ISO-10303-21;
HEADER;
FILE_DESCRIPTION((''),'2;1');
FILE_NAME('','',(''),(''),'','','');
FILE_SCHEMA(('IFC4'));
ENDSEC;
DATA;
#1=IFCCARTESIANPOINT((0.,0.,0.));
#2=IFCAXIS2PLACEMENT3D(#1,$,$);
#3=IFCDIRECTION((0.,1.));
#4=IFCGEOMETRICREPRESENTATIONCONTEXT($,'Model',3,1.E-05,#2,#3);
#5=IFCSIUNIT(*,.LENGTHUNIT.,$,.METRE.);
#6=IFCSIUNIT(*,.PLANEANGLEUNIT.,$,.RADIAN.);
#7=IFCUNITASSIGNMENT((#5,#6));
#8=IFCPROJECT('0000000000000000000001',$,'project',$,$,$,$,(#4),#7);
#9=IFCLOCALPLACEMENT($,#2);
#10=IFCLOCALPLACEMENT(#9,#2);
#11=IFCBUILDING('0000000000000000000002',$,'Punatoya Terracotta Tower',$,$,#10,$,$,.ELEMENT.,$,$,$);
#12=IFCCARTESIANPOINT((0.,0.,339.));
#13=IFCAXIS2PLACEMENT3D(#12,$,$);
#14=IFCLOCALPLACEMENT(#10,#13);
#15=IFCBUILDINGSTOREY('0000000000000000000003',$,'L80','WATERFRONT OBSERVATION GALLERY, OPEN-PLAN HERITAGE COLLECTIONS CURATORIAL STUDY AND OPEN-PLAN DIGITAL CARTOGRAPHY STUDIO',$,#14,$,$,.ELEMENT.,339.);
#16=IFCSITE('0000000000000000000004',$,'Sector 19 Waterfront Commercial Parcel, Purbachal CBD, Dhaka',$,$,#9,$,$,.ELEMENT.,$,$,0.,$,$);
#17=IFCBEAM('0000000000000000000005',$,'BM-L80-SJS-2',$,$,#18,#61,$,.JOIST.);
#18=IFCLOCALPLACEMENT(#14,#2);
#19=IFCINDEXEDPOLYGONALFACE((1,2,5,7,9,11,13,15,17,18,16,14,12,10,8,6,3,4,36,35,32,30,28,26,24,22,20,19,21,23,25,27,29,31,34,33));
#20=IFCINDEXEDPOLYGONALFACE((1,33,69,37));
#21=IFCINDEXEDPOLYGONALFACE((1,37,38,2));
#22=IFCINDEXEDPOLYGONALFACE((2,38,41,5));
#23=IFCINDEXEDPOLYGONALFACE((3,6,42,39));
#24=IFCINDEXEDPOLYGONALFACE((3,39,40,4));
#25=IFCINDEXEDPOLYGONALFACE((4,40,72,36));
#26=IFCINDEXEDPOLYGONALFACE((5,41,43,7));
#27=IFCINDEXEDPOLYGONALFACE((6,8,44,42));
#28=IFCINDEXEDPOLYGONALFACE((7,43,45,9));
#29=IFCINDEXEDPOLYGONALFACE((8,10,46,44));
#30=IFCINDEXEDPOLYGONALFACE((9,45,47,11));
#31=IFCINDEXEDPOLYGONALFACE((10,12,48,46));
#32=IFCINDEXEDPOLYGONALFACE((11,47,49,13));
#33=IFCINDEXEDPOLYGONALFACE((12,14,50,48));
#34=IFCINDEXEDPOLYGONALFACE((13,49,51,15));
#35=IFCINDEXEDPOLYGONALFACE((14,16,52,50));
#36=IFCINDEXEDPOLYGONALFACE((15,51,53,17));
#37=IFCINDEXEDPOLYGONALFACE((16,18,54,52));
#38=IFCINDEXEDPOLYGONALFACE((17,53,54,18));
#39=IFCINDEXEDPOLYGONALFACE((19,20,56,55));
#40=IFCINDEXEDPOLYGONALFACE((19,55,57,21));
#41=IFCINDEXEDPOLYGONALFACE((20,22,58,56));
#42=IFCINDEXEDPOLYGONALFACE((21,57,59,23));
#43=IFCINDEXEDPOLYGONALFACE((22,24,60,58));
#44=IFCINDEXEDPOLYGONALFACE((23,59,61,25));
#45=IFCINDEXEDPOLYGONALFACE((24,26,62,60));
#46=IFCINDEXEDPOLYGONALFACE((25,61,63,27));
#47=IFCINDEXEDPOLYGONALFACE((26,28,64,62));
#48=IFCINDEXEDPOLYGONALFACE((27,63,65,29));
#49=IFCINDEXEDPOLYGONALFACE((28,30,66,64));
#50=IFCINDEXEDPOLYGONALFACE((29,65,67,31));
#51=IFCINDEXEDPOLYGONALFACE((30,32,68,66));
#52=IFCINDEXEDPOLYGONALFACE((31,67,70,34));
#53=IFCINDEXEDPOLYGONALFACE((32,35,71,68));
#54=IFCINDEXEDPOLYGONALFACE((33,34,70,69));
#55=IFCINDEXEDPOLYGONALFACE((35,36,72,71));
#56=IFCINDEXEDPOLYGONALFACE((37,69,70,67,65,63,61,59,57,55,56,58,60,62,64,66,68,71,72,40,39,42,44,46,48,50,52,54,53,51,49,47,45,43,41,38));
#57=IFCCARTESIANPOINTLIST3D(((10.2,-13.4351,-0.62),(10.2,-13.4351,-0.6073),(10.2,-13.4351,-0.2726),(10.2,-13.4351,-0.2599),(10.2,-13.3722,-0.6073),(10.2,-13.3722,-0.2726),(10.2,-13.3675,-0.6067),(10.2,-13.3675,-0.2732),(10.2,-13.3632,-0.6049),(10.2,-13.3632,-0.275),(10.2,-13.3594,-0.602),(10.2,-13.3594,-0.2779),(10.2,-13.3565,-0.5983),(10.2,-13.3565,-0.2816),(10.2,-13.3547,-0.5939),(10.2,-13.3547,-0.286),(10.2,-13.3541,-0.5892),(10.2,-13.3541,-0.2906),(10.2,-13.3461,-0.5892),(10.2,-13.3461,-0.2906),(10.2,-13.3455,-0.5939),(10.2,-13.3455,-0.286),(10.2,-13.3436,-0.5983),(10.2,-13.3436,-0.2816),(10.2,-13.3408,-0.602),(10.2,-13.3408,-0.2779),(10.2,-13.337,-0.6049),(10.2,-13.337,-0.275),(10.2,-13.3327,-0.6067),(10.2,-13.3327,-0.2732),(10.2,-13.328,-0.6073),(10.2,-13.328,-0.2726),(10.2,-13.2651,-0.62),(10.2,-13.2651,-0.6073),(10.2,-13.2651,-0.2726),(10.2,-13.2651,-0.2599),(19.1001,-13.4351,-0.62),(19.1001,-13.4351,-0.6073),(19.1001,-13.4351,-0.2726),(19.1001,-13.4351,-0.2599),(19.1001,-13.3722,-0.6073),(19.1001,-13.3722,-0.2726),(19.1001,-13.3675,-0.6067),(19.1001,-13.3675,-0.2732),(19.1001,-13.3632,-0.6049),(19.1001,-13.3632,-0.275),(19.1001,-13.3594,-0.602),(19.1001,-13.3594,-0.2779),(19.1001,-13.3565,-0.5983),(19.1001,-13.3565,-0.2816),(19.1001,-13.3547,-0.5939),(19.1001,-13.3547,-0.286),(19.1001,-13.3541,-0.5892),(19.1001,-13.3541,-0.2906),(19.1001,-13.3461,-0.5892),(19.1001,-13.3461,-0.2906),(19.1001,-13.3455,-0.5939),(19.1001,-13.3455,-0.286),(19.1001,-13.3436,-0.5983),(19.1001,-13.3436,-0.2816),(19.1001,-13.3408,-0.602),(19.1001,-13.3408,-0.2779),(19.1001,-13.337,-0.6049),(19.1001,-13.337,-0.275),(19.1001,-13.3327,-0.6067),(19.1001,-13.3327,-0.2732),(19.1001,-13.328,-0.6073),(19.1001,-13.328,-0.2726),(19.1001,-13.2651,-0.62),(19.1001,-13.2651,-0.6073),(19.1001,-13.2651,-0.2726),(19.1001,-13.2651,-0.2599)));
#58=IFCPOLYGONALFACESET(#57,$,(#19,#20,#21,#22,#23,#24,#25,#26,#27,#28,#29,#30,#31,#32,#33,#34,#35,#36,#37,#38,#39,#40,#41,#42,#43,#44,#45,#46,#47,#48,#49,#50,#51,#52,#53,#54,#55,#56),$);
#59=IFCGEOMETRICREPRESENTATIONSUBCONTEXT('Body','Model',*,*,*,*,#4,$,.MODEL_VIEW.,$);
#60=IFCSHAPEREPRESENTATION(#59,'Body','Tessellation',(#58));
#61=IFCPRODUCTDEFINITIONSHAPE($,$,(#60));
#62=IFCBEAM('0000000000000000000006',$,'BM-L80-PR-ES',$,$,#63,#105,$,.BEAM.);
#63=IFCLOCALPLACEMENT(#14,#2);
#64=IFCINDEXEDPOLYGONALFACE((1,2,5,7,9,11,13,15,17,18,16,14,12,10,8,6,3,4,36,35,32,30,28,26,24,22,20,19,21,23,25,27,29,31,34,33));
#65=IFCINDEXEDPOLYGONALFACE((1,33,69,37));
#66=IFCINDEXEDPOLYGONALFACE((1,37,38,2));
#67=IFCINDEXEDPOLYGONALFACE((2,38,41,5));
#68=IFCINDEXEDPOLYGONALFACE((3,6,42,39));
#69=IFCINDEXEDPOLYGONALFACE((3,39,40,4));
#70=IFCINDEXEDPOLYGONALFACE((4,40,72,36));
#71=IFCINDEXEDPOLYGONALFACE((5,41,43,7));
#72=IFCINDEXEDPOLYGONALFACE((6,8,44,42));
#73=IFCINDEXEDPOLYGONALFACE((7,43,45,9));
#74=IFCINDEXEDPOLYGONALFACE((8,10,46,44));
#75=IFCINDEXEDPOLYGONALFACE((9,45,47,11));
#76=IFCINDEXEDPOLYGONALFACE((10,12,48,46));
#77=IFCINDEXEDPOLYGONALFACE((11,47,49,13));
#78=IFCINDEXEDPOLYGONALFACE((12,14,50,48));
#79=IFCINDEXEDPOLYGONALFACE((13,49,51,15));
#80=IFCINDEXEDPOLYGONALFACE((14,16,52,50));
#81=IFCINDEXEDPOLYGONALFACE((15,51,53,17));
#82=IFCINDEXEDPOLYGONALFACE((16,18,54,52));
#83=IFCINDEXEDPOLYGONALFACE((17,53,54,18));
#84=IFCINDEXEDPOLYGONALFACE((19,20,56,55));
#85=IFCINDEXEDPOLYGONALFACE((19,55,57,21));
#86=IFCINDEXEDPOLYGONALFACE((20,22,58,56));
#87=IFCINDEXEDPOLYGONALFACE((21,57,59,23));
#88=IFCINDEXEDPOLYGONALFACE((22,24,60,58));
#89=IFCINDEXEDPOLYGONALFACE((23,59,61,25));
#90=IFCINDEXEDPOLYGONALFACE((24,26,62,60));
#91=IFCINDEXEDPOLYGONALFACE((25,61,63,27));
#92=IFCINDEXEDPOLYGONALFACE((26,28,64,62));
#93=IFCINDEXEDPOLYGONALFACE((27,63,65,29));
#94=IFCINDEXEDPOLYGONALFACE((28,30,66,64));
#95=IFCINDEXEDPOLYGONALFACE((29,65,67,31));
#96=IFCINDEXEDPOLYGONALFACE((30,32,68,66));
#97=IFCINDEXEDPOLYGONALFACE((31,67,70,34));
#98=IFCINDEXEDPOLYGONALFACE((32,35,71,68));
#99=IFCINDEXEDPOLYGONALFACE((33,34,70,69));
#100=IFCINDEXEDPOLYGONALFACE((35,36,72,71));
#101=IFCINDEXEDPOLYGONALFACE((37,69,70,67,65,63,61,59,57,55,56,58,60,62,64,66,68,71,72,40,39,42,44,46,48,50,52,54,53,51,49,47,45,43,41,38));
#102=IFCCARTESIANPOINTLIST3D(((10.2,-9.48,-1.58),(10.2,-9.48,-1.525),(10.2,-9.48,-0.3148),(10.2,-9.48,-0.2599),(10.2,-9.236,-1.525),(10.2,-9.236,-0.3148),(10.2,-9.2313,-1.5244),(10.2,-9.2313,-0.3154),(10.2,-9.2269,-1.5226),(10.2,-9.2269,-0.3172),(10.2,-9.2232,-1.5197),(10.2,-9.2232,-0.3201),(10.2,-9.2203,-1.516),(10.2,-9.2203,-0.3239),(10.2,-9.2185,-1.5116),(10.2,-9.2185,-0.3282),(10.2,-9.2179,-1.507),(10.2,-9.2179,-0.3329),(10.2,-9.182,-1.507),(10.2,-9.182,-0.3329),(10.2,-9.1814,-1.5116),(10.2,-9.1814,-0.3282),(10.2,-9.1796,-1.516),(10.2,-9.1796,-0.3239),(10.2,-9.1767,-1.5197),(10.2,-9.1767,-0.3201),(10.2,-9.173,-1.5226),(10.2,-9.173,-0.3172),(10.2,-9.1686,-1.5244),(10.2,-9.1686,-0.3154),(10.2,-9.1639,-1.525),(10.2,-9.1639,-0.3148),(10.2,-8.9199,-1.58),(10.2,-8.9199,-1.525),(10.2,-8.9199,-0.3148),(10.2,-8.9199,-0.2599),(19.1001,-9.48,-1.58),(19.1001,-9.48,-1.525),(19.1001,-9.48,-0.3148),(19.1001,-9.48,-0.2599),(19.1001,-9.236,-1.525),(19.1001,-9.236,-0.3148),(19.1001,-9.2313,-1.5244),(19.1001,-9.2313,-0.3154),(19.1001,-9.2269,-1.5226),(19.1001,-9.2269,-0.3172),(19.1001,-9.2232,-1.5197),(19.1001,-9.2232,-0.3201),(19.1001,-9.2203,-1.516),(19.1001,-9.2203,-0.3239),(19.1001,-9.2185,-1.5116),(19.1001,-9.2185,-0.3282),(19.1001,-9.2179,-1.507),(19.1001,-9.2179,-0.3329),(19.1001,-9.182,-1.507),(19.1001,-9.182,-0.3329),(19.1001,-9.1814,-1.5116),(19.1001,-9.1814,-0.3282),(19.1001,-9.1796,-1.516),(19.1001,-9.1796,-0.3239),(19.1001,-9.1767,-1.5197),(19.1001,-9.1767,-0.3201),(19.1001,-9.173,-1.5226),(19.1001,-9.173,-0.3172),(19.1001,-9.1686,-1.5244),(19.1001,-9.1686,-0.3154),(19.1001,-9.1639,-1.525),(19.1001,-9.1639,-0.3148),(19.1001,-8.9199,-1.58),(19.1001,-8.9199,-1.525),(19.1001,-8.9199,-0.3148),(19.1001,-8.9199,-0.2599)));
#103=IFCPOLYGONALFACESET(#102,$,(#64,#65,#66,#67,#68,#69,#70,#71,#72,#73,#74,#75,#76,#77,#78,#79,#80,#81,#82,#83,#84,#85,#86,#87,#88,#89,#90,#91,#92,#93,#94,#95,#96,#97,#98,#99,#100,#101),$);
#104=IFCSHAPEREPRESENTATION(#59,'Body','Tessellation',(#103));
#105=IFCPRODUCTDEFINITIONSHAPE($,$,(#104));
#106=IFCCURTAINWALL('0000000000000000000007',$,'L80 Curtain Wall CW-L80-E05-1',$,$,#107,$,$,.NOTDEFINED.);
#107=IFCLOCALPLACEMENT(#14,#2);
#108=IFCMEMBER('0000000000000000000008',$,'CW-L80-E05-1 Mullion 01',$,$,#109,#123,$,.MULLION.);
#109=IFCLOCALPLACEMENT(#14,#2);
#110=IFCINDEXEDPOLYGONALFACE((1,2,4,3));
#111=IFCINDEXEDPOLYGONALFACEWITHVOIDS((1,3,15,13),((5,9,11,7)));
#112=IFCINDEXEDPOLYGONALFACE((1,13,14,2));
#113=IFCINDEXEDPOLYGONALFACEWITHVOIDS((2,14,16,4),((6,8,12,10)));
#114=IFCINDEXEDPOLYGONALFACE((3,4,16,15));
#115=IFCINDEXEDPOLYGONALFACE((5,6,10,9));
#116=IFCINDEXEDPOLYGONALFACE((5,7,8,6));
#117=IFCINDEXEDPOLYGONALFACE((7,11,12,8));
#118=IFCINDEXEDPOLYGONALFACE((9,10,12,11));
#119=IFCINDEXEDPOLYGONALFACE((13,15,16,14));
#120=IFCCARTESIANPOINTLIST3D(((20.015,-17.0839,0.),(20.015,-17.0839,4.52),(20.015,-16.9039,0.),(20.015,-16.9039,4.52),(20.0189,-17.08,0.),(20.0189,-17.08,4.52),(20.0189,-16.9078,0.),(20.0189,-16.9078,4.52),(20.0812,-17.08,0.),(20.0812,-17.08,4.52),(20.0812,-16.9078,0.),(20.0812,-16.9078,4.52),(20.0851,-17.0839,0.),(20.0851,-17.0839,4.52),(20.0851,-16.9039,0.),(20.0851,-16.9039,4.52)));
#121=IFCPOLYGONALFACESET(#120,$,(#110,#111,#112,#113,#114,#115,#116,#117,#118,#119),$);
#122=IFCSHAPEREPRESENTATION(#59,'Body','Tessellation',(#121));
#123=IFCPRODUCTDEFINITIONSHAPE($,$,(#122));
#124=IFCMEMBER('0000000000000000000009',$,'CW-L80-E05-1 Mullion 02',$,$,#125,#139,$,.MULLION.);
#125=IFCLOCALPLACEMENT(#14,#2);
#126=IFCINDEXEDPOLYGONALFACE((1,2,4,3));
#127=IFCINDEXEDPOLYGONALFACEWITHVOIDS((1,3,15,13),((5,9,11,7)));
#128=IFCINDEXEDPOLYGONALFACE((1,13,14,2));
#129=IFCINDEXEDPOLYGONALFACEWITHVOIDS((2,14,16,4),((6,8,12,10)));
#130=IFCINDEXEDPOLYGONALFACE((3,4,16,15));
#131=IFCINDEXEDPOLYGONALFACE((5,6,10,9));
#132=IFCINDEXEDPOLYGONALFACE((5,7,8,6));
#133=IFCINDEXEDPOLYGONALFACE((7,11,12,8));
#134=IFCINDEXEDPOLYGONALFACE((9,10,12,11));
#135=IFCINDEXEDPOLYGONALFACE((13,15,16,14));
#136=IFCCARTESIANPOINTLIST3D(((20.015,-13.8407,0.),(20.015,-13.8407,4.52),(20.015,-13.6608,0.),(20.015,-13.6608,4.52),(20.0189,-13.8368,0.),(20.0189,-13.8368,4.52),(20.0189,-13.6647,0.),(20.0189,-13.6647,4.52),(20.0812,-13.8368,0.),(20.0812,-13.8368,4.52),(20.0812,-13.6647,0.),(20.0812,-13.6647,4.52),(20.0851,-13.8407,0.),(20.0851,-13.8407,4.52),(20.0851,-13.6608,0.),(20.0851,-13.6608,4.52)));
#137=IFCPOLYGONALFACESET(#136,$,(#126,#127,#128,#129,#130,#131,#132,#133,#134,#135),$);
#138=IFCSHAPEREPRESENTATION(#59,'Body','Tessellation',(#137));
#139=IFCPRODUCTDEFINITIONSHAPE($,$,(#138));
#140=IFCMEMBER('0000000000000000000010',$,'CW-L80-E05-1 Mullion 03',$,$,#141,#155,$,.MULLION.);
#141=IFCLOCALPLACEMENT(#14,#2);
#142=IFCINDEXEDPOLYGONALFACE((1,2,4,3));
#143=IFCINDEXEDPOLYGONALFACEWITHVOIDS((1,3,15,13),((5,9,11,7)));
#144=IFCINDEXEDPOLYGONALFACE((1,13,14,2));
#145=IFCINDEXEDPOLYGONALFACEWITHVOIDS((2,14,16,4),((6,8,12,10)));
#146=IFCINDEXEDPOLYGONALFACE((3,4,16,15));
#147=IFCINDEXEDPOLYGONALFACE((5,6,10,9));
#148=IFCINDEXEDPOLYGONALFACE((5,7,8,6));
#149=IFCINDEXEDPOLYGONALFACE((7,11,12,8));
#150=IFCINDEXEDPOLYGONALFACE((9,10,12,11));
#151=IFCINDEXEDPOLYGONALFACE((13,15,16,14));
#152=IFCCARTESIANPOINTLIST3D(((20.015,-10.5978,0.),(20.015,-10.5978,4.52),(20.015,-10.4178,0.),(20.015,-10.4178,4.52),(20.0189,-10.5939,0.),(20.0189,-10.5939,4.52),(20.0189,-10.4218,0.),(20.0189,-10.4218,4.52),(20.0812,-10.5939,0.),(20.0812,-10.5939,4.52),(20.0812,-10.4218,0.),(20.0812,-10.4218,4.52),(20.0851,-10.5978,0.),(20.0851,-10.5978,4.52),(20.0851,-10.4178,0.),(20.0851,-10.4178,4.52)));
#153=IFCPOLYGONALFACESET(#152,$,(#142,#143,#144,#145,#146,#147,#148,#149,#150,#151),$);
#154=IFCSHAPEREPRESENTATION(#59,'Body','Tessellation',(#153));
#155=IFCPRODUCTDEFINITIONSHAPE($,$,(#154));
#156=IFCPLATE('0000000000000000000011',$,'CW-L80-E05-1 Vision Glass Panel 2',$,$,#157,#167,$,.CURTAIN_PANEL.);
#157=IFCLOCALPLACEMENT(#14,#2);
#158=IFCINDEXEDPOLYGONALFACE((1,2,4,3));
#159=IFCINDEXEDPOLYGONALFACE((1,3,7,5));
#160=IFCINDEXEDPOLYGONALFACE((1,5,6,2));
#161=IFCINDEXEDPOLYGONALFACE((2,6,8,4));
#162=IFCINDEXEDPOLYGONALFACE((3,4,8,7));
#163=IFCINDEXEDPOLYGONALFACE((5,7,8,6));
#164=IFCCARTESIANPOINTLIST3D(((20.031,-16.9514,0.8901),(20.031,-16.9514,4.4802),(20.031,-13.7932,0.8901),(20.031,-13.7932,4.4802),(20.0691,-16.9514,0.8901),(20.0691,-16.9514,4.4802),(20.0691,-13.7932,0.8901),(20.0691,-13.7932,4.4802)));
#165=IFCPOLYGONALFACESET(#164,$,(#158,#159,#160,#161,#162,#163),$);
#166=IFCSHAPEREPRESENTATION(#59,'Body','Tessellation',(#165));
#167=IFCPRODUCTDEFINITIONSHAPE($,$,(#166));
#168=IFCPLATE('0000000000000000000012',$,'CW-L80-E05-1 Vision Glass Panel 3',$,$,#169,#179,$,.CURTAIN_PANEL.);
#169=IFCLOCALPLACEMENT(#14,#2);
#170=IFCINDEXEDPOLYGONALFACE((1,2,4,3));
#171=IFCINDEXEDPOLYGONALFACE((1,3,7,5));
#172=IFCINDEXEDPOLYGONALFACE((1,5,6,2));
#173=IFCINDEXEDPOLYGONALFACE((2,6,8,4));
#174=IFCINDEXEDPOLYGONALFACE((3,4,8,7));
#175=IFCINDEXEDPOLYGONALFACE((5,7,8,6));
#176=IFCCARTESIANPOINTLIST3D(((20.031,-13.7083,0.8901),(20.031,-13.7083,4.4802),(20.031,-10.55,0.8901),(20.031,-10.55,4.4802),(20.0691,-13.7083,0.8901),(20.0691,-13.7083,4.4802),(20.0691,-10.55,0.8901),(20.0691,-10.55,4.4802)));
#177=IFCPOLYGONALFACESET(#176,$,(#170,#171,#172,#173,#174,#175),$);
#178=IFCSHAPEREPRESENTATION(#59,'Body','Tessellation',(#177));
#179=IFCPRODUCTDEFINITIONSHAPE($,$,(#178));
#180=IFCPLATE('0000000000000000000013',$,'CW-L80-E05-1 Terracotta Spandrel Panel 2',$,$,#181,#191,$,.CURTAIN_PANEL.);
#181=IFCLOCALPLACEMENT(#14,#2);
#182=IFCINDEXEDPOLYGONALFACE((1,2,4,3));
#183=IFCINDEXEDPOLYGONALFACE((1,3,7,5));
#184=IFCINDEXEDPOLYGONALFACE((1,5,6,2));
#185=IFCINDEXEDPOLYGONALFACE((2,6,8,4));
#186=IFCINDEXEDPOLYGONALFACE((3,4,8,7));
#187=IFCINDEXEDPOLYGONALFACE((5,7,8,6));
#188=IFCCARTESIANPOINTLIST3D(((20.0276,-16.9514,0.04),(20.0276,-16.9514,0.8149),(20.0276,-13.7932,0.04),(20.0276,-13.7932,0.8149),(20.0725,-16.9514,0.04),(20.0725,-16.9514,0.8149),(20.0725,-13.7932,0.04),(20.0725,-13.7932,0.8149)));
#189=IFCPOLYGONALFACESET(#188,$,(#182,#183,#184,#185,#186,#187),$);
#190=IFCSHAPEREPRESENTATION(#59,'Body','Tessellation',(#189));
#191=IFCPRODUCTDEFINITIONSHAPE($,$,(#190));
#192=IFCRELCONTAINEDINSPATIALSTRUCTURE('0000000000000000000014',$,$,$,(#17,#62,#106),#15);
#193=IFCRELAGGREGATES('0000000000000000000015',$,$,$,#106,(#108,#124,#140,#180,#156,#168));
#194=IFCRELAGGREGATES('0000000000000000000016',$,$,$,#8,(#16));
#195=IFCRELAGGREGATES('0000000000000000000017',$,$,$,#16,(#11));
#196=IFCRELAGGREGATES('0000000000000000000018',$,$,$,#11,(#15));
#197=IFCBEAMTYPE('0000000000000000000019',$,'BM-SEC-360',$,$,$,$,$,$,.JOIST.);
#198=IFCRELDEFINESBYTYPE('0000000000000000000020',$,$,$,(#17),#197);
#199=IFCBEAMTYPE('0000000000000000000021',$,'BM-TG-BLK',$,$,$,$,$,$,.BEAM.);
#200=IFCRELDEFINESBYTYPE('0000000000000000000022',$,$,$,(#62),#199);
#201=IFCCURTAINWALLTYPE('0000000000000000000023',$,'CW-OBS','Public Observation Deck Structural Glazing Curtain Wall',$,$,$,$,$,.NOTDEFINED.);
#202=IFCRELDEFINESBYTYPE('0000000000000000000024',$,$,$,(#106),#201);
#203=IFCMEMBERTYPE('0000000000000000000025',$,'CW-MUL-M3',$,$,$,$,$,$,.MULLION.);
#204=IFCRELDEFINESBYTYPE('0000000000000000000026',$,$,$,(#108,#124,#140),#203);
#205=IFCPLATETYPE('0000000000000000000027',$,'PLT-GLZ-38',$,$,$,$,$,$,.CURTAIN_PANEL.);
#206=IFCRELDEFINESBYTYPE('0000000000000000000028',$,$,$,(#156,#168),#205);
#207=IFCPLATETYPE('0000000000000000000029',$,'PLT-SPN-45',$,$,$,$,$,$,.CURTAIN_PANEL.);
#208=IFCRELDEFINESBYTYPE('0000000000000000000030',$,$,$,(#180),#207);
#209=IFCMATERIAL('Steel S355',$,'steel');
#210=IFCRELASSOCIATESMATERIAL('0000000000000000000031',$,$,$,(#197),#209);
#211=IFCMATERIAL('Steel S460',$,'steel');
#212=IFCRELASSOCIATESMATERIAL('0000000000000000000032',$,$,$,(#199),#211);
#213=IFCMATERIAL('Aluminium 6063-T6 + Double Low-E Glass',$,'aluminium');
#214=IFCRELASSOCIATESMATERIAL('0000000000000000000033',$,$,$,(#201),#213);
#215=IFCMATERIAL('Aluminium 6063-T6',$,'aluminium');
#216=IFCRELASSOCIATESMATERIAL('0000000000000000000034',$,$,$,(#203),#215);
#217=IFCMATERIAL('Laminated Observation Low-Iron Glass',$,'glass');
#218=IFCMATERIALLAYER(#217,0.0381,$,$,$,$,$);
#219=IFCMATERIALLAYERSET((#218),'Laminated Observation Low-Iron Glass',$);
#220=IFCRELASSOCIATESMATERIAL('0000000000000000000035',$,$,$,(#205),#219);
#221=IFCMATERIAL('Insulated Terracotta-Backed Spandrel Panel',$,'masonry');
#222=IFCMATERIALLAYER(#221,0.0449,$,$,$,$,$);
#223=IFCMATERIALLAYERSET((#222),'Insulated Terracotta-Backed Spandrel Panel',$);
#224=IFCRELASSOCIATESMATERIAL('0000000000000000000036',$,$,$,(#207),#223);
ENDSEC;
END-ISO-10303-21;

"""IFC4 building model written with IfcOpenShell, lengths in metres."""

from ifc_helpers import new_model, si_unit, direction, frame, origin, origin_2d, place, context, subcontext, project, spatial, rectangle, hollow_rectangle, i_section, extrude, material, layer, layer_set, material_profile, profile_set, type_object, element, aggregate, save


model = new_model("IFC4")

# Units and contexts
model_context = context("Model", 3, precision=1e-05, world=origin(), true_north=direction((0.0, 1.0)))
body_context = subcontext(model_context, "Body", "Model", "MODEL_VIEW")
ifc_project = project(units=[si_unit("LENGTHUNIT", "METRE"), si_unit("PLANEANGLEUNIT", "RADIAN")], contexts=[model_context])

# Site, building, storey
site_placement = place(None, origin())
site = spatial("IfcSite", under=ifc_project, at=site_placement, Name="Sector 19 Waterfront Commercial Parcel, Purbachal CBD, Dhaka", CompositionType="ELEMENT", RefElevation=0.0)
building_placement = place(site_placement, origin())
building = spatial("IfcBuilding", under=site, at=building_placement, Name="Punatoya Terracotta Tower", CompositionType="ELEMENT")
storey_placement = place(building_placement, frame((0.0, 0.0, 339.0)))
storey = spatial("IfcBuildingStorey", under=building, at=storey_placement, Name="L80", Description="WATERFRONT OBSERVATION GALLERY, OPEN-PLAN HERITAGE COLLECTIONS CURATORIAL STUDY AND OPEN-PLAN DIGITAL CARTOGRAPHY STUDIO", CompositionType="ELEMENT", Elevation=339.0)

# Beams
ifc_material_1 = material(Name="Steel S355", Category="steel")
ifc_material_profile_1 = material_profile(ifc_material_1, i_section(OverallWidth=0.1699, OverallDepth=0.3601, WebThickness=0.0081, FlangeThickness=0.0127, FilletRadius=0.0181, at=origin_2d()))
ifc_profile_set_1 = profile_set([ifc_material_profile_1], Name="Steel S355")
beam_type_1 = type_object("IfcBeamType", Name="BM-SEC-360", PredefinedType="JOIST", material=ifc_profile_set_1)
beam_1_placement = place(storey_placement, frame((10.2, -13.3501, -0.4399), z_axis=(1.0, 0.0, 0.0), x_axis=(0.0, 1.0, 0.0)))
element("IfcBeam", 1, at=beam_1_placement, inside=storey, type_object=beam_type_1, Name="BM-L80-SJS-2", PredefinedType="JOIST", context=body_context, shape_type="SweptSolid", body=[
    extrude(i_section(OverallWidth=0.1699, OverallDepth=0.3601, WebThickness=0.0081, FlangeThickness=0.0127, FilletRadius=0.0181, at=origin_2d()), origin(), (0.0, 0.0, 1.0), 8.9001),
])
ifc_material_2 = material(Name="Steel S460", Category="steel")
ifc_material_profile_2 = material_profile(ifc_material_2, i_section(OverallWidth=0.5601, OverallDepth=1.3201, WebThickness=0.0359, FlangeThickness=0.0549, FilletRadius=0.0181, at=origin_2d()))
ifc_profile_set_2 = profile_set([ifc_material_profile_2], Name="Steel S460")
beam_type_2 = type_object("IfcBeamType", Name="BM-TG-BLK", PredefinedType="BEAM", material=ifc_profile_set_2)
beam_2_placement = place(storey_placement, frame((10.2, -9.2, -0.9199), z_axis=(1.0, 0.0, 0.0), x_axis=(0.0, 1.0, 0.0)))
element("IfcBeam", 2, at=beam_2_placement, inside=storey, type_object=beam_type_2, Name="BM-L80-PR-ES", PredefinedType="BEAM", context=body_context, shape_type="SweptSolid", body=[
    extrude(i_section(OverallWidth=0.5601, OverallDepth=1.3201, WebThickness=0.0359, FlangeThickness=0.0549, FilletRadius=0.0181, at=origin_2d()), origin(), (0.0, 0.0, 1.0), 8.9001),
])

# Curtain wall, members, plates
ifc_material_3 = material(Name="Aluminium 6063-T6 + Double Low-E Glass", Category="aluminium")
curtain_wall_type = type_object("IfcCurtainWallType", Name="CW-OBS", Description="Public Observation Deck Structural Glazing Curtain Wall", PredefinedType="NOTDEFINED", material=ifc_material_3)
curtain_wall_placement = place(storey_placement, origin())
curtain_wall = element("IfcCurtainWall", 3, at=curtain_wall_placement, inside=storey, type_object=curtain_wall_type, Name="L80 Curtain Wall CW-L80-E05-1", PredefinedType="NOTDEFINED")
ifc_material_4 = material(Name="Aluminium 6063-T6", Category="aluminium")
ifc_material_profile_3 = material_profile(ifc_material_4, hollow_rectangle(XDim=0.0701, YDim=0.1799, WallThickness=0.0039, at=origin_2d()))
ifc_profile_set_3 = profile_set([ifc_material_profile_3], Name="Aluminium 6063-T6")
member_type = type_object("IfcMemberType", Name="CW-MUL-M3", PredefinedType="MULLION", material=ifc_profile_set_3)
member_1_placement = place(storey_placement, frame((20.05, -16.9939, 0.0), z_axis=(0.0, 0.0, 1.0), x_axis=(1.0, 0.0, 0.0)))
member_1 = element("IfcMember", 4, at=member_1_placement, type_object=member_type, Name="CW-L80-E05-1 Mullion 01", PredefinedType="MULLION", context=body_context, shape_type="SweptSolid", body=[
    extrude(hollow_rectangle(XDim=0.0701, YDim=0.1799, WallThickness=0.0039, at=origin_2d()), origin(), (0.0, 0.0, 1.0), 4.52),
])
member_2_placement = place(storey_placement, frame((20.05, -13.7507, 0.0), z_axis=(0.0, 0.0, 1.0), x_axis=(1.0, 0.0, 0.0)))
member_2 = element("IfcMember", 5, at=member_2_placement, type_object=member_type, Name="CW-L80-E05-1 Mullion 02", PredefinedType="MULLION", context=body_context, shape_type="SweptSolid", body=[
    extrude(hollow_rectangle(XDim=0.0701, YDim=0.1799, WallThickness=0.0039, at=origin_2d()), origin(), (0.0, 0.0, 1.0), 4.52),
])
member_3_placement = place(storey_placement, frame((20.05, -10.5078, 0.0), z_axis=(0.0, 0.0, 1.0), x_axis=(1.0, 0.0, 0.0)))
member_3 = element("IfcMember", 6, at=member_3_placement, type_object=member_type, Name="CW-L80-E05-1 Mullion 03", PredefinedType="MULLION", context=body_context, shape_type="SweptSolid", body=[
    extrude(hollow_rectangle(XDim=0.0701, YDim=0.1799, WallThickness=0.0039, at=origin_2d()), origin(), (0.0, 0.0, 1.0), 4.52),
])
ifc_material_5 = material(Name="Laminated Observation Low-Iron Glass", Category="glass")
ifc_layer_1 = layer(ifc_material_5, 0.0381)
ifc_layer_set_1 = layer_set([ifc_layer_1], Name="Laminated Observation Low-Iron Glass")
plate_type_1 = type_object("IfcPlateType", Name="PLT-GLZ-38", PredefinedType="CURTAIN_PANEL", material=ifc_layer_set_1)
plate_1_placement = place(storey_placement, frame((20.05, -15.3723, 0.8901), z_axis=(0.0, 0.0, 1.0), x_axis=(0.0, 1.0, 0.0)))
plate_1 = element("IfcPlate", 7, at=plate_1_placement, type_object=plate_type_1, Name="CW-L80-E05-1 Vision Glass Panel 2", PredefinedType="CURTAIN_PANEL", context=body_context, shape_type="SweptSolid", body=[
    extrude(rectangle(XDim=3.1582, YDim=0.0381, at=origin_2d()), origin(), (0.0, 0.0, 1.0), 3.5901),
])
plate_2_placement = place(storey_placement, frame((20.05, -12.1292, 0.8901), z_axis=(0.0, 0.0, 1.0), x_axis=(0.0, 1.0, 0.0)))
plate_2 = element("IfcPlate", 8, at=plate_2_placement, type_object=plate_type_1, Name="CW-L80-E05-1 Vision Glass Panel 3", PredefinedType="CURTAIN_PANEL", context=body_context, shape_type="SweptSolid", body=[
    extrude(rectangle(XDim=3.1582, YDim=0.0381, at=origin_2d()), origin(), (0.0, 0.0, 1.0), 3.5901),
])
ifc_material_6 = material(Name="Insulated Terracotta-Backed Spandrel Panel", Category="masonry")
ifc_layer_2 = layer(ifc_material_6, 0.0449)
ifc_layer_set_2 = layer_set([ifc_layer_2], Name="Insulated Terracotta-Backed Spandrel Panel")
plate_type_2 = type_object("IfcPlateType", Name="PLT-SPN-45", PredefinedType="CURTAIN_PANEL", material=ifc_layer_set_2)
plate_3_placement = place(storey_placement, frame((20.05, -15.3723, 0.04), z_axis=(0.0, 0.0, 1.0), x_axis=(0.0, 1.0, 0.0)))
plate_3 = element("IfcPlate", 9, at=plate_3_placement, type_object=plate_type_2, Name="CW-L80-E05-1 Terracotta Spandrel Panel 2", PredefinedType="CURTAIN_PANEL", context=body_context, shape_type="SweptSolid", body=[
    extrude(rectangle(XDim=3.1582, YDim=0.0449, at=origin_2d()), origin(), (0.0, 0.0, 1.0), 0.7749),
])
aggregate(curtain_wall, [member_1, member_2, member_3, plate_3, plate_1, plate_2])

save(model, "model.ifc")
